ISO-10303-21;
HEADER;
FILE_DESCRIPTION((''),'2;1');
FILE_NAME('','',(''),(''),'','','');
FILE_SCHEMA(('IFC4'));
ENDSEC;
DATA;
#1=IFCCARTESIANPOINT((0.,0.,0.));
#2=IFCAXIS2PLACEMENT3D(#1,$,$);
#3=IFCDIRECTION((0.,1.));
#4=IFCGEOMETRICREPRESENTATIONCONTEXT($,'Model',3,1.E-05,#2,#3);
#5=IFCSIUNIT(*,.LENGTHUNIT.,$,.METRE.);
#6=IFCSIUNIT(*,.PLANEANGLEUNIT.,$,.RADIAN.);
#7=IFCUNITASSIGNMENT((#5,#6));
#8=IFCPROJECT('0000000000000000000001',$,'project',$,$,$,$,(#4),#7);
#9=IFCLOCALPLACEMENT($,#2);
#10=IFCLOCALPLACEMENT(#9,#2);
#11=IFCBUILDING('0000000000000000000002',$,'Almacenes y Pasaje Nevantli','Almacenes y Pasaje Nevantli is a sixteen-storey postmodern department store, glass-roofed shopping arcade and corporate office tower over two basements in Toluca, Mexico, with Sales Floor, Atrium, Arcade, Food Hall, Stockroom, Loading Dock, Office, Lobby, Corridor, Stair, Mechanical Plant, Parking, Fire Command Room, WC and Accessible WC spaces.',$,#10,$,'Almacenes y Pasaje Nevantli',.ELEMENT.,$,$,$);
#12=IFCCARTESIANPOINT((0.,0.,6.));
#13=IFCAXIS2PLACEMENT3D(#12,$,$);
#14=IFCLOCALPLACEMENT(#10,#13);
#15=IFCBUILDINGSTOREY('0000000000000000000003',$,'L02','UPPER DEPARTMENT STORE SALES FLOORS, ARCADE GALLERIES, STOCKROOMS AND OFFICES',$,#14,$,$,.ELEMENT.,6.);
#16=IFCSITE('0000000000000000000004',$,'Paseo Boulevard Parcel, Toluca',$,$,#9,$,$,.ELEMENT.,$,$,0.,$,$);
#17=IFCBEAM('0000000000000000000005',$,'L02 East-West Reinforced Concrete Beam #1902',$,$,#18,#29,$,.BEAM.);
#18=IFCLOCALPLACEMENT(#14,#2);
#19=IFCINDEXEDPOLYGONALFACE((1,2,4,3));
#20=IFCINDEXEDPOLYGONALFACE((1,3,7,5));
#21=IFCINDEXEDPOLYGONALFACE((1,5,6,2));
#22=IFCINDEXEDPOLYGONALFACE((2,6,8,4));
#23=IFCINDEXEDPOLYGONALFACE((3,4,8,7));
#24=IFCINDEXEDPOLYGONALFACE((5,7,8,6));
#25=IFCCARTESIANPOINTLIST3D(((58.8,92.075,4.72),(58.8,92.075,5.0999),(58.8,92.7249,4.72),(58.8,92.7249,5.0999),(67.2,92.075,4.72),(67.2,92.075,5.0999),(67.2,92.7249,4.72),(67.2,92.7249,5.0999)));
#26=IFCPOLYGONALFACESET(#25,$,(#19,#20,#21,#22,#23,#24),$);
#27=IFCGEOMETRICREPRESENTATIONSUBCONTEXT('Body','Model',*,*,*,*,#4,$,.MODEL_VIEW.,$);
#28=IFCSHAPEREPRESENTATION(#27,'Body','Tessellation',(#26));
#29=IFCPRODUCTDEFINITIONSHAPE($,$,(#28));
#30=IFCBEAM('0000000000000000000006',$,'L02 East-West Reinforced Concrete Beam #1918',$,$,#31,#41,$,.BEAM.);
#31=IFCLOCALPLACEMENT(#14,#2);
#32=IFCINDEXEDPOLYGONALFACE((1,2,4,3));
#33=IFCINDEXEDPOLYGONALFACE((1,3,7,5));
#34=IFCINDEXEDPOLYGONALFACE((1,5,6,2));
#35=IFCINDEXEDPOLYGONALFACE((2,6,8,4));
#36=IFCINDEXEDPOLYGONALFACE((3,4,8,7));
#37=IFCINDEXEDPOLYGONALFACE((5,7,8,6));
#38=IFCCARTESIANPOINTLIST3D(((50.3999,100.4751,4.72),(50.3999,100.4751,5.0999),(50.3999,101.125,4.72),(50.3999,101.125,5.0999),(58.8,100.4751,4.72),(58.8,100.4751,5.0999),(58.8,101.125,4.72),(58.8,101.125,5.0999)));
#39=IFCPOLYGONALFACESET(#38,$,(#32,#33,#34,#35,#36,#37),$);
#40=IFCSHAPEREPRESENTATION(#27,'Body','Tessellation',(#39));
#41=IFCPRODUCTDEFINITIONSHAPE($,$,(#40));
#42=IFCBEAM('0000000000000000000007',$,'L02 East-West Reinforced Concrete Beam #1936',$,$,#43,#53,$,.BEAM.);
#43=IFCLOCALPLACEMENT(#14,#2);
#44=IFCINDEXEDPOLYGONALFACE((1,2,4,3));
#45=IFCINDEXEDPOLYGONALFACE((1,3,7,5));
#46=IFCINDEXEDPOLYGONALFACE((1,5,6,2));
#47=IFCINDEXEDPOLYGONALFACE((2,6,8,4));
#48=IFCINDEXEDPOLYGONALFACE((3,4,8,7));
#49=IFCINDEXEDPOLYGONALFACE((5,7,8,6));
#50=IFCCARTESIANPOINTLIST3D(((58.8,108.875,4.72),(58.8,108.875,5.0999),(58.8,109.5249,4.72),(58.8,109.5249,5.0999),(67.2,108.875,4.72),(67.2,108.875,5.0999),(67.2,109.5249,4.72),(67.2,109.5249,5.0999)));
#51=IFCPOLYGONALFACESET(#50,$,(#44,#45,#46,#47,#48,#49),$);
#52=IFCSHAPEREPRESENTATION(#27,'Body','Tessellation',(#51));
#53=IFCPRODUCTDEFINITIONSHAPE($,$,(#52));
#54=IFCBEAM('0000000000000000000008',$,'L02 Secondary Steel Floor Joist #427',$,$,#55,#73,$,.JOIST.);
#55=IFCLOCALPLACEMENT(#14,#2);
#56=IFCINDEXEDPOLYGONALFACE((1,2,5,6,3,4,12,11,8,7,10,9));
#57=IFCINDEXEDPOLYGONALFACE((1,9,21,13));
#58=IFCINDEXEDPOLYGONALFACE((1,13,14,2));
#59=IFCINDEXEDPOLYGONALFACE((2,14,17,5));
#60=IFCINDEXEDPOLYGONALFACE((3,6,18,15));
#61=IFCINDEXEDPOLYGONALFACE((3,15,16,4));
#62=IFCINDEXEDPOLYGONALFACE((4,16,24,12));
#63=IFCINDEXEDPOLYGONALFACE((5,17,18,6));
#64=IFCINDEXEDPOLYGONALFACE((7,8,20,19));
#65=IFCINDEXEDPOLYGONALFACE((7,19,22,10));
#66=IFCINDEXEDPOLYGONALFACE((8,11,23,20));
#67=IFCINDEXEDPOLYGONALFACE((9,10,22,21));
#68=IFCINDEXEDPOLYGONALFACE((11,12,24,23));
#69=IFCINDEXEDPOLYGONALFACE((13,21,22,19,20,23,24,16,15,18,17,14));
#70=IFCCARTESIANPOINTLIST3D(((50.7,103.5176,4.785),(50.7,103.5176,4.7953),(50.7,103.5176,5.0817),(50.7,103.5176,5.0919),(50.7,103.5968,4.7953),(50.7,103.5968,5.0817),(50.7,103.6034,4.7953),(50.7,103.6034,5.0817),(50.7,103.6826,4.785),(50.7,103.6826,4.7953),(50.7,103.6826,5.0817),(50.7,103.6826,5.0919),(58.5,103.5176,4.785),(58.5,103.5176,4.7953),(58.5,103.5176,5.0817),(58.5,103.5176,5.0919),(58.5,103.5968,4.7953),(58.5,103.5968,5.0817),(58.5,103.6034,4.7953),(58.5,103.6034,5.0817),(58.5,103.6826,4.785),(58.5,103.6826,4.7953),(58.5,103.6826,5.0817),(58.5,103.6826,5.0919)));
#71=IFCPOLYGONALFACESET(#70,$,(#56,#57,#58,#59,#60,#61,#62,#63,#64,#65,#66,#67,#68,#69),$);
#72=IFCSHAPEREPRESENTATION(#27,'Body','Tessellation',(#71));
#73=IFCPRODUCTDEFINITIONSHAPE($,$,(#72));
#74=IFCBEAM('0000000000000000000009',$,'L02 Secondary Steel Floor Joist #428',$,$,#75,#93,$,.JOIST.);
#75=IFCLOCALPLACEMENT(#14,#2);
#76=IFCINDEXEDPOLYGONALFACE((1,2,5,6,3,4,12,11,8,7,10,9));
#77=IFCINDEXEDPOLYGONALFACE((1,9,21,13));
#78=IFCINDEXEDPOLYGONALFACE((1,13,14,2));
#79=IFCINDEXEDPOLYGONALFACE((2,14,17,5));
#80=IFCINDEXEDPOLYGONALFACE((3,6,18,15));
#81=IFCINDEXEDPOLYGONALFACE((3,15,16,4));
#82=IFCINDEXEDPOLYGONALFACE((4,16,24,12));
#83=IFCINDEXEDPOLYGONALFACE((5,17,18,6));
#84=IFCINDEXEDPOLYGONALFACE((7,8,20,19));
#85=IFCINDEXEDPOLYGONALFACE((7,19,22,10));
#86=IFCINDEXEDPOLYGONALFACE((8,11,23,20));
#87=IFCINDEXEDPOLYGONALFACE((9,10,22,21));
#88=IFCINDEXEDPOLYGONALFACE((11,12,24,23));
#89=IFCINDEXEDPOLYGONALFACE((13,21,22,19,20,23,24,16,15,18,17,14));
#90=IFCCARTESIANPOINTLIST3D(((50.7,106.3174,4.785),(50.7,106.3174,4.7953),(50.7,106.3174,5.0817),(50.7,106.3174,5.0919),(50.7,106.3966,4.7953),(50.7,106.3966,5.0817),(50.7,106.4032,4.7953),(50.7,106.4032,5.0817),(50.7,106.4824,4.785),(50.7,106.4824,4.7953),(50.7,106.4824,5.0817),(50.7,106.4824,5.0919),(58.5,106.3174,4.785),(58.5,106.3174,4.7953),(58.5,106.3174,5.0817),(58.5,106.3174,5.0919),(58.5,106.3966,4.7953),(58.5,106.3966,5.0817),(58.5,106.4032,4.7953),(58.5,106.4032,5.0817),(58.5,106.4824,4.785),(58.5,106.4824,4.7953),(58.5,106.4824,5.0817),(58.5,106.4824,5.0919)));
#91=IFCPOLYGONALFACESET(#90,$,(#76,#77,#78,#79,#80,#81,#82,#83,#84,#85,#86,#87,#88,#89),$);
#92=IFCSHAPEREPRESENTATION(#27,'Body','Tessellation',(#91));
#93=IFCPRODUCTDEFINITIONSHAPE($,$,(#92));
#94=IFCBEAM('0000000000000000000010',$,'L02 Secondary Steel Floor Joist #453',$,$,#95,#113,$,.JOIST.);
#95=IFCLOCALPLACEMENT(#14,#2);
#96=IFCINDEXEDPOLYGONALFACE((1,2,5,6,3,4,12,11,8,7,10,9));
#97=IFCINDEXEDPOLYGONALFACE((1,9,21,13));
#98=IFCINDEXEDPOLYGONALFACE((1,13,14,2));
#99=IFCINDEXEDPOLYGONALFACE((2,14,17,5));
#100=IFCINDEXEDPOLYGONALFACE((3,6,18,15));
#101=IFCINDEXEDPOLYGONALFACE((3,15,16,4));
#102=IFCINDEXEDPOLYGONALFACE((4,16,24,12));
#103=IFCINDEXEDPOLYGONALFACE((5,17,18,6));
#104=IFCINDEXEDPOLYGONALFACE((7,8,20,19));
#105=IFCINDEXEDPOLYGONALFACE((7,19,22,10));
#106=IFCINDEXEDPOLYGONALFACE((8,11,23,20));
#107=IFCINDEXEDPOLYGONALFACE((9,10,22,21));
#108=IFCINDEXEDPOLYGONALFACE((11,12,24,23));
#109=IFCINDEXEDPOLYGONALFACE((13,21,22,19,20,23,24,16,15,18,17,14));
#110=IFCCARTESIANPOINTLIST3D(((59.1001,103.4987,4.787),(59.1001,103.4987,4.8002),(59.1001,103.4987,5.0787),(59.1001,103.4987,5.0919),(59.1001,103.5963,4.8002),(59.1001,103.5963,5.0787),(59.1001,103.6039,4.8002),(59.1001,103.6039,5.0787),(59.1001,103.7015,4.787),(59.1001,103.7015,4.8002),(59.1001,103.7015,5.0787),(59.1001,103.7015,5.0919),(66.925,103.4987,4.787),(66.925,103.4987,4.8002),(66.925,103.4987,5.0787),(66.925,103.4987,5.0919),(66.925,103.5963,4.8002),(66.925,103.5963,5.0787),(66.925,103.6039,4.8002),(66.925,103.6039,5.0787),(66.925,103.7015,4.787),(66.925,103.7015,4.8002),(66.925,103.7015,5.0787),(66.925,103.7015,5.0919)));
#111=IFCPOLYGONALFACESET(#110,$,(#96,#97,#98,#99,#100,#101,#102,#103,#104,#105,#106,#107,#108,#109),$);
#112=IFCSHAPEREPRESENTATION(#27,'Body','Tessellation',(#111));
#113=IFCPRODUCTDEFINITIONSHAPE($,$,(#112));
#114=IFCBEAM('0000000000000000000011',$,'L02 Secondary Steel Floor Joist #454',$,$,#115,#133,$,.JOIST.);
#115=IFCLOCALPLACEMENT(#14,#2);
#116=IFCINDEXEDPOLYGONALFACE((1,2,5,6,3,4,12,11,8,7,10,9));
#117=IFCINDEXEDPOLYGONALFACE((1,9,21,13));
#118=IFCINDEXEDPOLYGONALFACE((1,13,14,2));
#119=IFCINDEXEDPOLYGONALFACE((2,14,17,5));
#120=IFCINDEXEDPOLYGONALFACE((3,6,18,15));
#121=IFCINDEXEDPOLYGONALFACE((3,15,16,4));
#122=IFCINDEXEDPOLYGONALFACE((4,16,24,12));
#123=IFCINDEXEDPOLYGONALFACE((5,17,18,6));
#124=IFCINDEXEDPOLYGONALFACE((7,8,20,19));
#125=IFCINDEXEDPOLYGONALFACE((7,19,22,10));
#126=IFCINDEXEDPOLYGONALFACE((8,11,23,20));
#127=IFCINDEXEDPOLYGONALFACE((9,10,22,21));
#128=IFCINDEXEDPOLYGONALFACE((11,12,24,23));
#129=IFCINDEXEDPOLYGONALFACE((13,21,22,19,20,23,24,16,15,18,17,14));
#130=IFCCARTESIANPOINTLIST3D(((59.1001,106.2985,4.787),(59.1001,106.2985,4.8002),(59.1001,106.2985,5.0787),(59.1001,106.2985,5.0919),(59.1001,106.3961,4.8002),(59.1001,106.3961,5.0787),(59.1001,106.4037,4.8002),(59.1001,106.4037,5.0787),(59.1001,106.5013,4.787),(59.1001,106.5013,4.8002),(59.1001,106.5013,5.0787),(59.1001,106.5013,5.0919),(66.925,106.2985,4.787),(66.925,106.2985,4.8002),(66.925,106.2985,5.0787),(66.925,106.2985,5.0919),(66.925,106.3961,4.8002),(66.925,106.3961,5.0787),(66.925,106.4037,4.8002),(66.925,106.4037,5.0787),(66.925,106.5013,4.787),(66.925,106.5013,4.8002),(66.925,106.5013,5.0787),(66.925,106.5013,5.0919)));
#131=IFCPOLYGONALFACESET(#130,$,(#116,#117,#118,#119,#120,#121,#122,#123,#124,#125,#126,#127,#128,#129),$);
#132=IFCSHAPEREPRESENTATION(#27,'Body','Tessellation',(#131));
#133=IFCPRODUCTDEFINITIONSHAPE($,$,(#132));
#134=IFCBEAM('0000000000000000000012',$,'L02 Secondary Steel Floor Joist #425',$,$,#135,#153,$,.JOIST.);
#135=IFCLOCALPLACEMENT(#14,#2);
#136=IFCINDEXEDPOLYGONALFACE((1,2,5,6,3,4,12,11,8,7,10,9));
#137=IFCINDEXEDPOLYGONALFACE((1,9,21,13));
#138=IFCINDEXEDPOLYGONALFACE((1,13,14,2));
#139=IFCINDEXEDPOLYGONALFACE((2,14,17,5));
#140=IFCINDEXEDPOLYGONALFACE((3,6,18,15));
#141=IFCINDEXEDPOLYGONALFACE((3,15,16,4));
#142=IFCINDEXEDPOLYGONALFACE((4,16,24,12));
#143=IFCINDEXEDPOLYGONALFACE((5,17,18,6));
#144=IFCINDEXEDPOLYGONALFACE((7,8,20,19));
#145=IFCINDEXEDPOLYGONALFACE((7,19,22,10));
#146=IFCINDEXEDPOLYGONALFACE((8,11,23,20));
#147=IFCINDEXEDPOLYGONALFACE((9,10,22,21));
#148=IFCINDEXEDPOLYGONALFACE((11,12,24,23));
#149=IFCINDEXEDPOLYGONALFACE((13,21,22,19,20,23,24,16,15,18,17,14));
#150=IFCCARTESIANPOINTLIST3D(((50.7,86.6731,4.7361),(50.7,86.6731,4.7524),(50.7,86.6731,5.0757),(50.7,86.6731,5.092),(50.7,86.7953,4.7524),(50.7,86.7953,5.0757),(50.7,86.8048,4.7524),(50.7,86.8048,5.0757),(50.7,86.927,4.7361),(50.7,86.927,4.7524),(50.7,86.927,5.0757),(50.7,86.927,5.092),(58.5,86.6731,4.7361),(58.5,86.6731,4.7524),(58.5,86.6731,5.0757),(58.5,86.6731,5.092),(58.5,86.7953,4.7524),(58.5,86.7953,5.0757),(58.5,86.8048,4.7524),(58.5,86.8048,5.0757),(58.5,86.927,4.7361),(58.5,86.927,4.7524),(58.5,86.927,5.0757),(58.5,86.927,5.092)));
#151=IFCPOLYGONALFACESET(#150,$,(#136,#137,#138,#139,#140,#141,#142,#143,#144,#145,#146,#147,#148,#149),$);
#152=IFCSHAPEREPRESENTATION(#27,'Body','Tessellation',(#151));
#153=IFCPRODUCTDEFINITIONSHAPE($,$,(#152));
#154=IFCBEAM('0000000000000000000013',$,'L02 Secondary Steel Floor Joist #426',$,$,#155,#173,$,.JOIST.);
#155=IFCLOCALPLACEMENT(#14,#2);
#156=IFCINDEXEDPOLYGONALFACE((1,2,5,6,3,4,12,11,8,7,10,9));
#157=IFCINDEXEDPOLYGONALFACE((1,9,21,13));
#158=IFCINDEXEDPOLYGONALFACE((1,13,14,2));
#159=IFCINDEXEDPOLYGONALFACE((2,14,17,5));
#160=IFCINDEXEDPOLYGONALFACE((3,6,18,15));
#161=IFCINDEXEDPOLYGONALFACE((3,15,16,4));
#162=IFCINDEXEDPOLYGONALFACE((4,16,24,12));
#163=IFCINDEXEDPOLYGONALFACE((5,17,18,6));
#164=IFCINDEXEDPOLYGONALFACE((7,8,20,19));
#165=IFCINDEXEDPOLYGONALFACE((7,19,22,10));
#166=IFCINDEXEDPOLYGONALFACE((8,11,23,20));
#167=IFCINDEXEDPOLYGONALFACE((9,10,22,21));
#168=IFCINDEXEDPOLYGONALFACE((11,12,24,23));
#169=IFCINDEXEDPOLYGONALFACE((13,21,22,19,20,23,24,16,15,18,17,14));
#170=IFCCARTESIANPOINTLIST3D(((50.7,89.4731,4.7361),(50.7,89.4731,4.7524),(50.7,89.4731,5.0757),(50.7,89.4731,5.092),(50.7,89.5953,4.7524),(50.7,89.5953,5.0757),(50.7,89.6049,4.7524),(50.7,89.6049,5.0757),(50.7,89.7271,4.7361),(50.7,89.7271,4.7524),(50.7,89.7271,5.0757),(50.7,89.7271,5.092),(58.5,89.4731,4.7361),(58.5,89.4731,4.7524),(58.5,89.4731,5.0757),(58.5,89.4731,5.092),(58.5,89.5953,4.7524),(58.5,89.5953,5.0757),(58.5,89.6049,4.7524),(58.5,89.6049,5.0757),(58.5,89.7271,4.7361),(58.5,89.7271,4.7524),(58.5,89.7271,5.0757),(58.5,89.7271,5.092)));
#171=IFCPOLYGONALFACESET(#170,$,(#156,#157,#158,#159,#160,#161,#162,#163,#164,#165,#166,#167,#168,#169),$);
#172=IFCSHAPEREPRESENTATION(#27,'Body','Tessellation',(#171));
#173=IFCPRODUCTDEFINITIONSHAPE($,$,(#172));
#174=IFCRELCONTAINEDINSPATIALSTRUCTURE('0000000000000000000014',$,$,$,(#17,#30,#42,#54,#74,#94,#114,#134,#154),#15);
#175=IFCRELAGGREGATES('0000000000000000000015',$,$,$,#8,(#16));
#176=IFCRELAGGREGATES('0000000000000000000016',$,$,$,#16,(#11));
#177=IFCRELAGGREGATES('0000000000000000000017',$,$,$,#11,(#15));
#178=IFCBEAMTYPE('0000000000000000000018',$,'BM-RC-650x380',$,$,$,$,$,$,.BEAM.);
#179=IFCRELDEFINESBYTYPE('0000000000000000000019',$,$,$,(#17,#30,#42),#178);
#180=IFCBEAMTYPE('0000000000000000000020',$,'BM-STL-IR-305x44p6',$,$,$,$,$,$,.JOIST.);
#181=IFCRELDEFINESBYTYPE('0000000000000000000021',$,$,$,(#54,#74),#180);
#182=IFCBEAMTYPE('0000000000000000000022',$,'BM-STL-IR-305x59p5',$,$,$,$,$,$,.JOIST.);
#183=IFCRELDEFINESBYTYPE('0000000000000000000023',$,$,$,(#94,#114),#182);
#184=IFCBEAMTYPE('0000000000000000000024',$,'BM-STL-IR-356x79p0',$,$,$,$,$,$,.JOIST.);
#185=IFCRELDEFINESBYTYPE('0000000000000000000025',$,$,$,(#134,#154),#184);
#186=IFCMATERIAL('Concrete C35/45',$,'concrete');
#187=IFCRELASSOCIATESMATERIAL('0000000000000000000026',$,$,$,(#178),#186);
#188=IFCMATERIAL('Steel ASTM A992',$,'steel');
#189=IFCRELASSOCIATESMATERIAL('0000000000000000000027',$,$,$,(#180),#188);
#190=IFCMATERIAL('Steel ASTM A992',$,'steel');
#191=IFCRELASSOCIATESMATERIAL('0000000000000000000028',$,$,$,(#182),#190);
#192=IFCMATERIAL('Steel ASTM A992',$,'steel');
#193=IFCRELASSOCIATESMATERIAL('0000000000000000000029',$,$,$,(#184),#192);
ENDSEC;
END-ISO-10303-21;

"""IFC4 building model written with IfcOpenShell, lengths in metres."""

from ifc_helpers import new_model, si_unit, direction, frame, origin, origin_2d, place, context, subcontext, project, spatial, rectangle, i_section, extrude, material, material_profile, profile_set, type_object, element, save


model = new_model("IFC4")

# Units and contexts
model_context = context("Model", 3, precision=1e-05, world=origin(), true_north=direction((0.0, 1.0)))
body_context = subcontext(model_context, "Body", "Model", "MODEL_VIEW")
ifc_project = project(units=[si_unit("LENGTHUNIT", "METRE"), si_unit("PLANEANGLEUNIT", "RADIAN")], contexts=[model_context])

# Site, building, storey
site_placement = place(None, origin())
site = spatial("IfcSite", under=ifc_project, at=site_placement, Name="Paseo Boulevard Parcel, Toluca", CompositionType="ELEMENT", RefElevation=0.0)
building_placement = place(site_placement, origin())
building = spatial("IfcBuilding", under=site, at=building_placement, Name="Almacenes y Pasaje Nevantli", Description="Almacenes y Pasaje Nevantli is a sixteen-storey postmodern department store, glass-roofed shopping arcade and corporate office tower over two basements in Toluca, Mexico, with Sales Floor, Atrium, Arcade, Food Hall, Stockroom, Loading Dock, Office, Lobby, Corridor, Stair, Mechanical Plant, Parking, Fire Command Room, WC and Accessible WC spaces.", LongName="Almacenes y Pasaje Nevantli", CompositionType="ELEMENT")
storey_placement = place(building_placement, frame((0.0, 0.0, 6.0)))
storey = spatial("IfcBuildingStorey", under=building, at=storey_placement, Name="L02", Description="UPPER DEPARTMENT STORE SALES FLOORS, ARCADE GALLERIES, STOCKROOMS AND OFFICES", CompositionType="ELEMENT", Elevation=6.0)

# Beams
ifc_material_1 = material(Name="Concrete C35/45", Category="concrete")
ifc_material_profile_1 = material_profile(ifc_material_1, rectangle(XDim=0.6499, YDim=0.3799, at=origin_2d()), Name="RC-BM-650x380")
ifc_profile_set_1 = profile_set([ifc_material_profile_1], Name="Concrete C35/45")
beam_type_1 = type_object("IfcBeamType", Name="BM-RC-650x380", PredefinedType="BEAM", material=ifc_profile_set_1)
beam_1_placement = place(storey_placement, frame((58.8, 92.3999, 4.9099), z_axis=(1.0, 0.0, 0.0), x_axis=(0.0, 1.0, 0.0)))
element("IfcBeam", 1, at=beam_1_placement, inside=storey, type_object=beam_type_1, Name="L02 East-West Reinforced Concrete Beam #1902", PredefinedType="BEAM", context=body_context, shape_type="SweptSolid", body=[
    extrude(rectangle(XDim=0.6499, YDim=0.3799, at=origin_2d()), origin(), (0.0, 0.0, 1.0), 8.3999),
])
beam_2_placement = place(storey_placement, frame((50.3999, 100.8, 4.9099), z_axis=(1.0, 0.0, 0.0), x_axis=(0.0, 1.0, 0.0)))
element("IfcBeam", 2, at=beam_2_placement, inside=storey, type_object=beam_type_1, Name="L02 East-West Reinforced Concrete Beam #1918", PredefinedType="BEAM", context=body_context, shape_type="SweptSolid", body=[
    extrude(rectangle(XDim=0.6499, YDim=0.3799, at=origin_2d()), origin(), (0.0, 0.0, 1.0), 8.4001),
])
beam_3_placement = place(storey_placement, frame((58.8, 109.2, 4.9099), z_axis=(1.0, 0.0, 0.0), x_axis=(0.0, 1.0, 0.0)))
element("IfcBeam", 3, at=beam_3_placement, inside=storey, type_object=beam_type_1, Name="L02 East-West Reinforced Concrete Beam #1936", PredefinedType="BEAM", context=body_context, shape_type="SweptSolid", body=[
    extrude(rectangle(XDim=0.6499, YDim=0.3799, at=origin_2d()), origin(), (0.0, 0.0, 1.0), 8.3999),
])
ifc_material_2 = material(Name="Steel ASTM A992", Category="steel")
ifc_material_profile_2 = material_profile(ifc_material_2, i_section(OverallWidth=0.165, OverallDepth=0.3069, WebThickness=0.0066, FlangeThickness=0.0103, at=origin_2d()), Name="IR 305x44.6")
ifc_profile_set_2 = profile_set([ifc_material_profile_2], Name="Steel ASTM A992")
beam_type_2 = type_object("IfcBeamType", Name="BM-STL-IR-305x44p6", PredefinedType="JOIST", material=ifc_profile_set_2)
for number, where, z_axis, x_axis, name in (
    (4, (50.7, 103.6001, 4.9385), (1.0, 0.0, 0.0), (0.0, 1.0, 0.0), "L02 Secondary Steel Floor Joist #427"),
    (5, (50.7, 106.3999, 4.9385), (1.0, 0.0, 0.0), (0.0, 1.0, 0.0), "L02 Secondary Steel Floor Joist #428"),
):
    element("IfcBeam", number, at=place(storey_placement, frame(where, z_axis=z_axis, x_axis=x_axis)), inside=storey, type_object=beam_type_2, Name=name, PredefinedType="JOIST", context=body_context, shape_type="SweptSolid", body=[
        extrude(i_section(OverallWidth=0.165, OverallDepth=0.3069, WebThickness=0.0066, FlangeThickness=0.0103, at=origin_2d()), origin(), (0.0, 0.0, 1.0), 7.8),
    ])
ifc_material_3 = material(Name="Steel ASTM A992", Category="steel")
ifc_material_profile_3 = material_profile(ifc_material_3, i_section(OverallWidth=0.2029, OverallDepth=0.3049, WebThickness=0.0076, FlangeThickness=0.0132, at=origin_2d()), Name="IR 305x59.5")
ifc_profile_set_3 = profile_set([ifc_material_profile_3], Name="Steel ASTM A992")
beam_type_3 = type_object("IfcBeamType", Name="BM-STL-IR-305x59p5", PredefinedType="JOIST", material=ifc_profile_set_3)
for number, where, z_axis, x_axis, name in (
    (6, (59.1001, 103.6001, 4.9395), (1.0, 0.0, 0.0), (0.0, 1.0, 0.0), "L02 Secondary Steel Floor Joist #453"),
    (7, (59.1001, 106.3999, 4.9395), (1.0, 0.0, 0.0), (0.0, 1.0, 0.0), "L02 Secondary Steel Floor Joist #454"),
):
    element("IfcBeam", number, at=place(storey_placement, frame(where, z_axis=z_axis, x_axis=x_axis)), inside=storey, type_object=beam_type_3, Name=name, PredefinedType="JOIST", context=body_context, shape_type="SweptSolid", body=[
        extrude(i_section(OverallWidth=0.2029, OverallDepth=0.3049, WebThickness=0.0076, FlangeThickness=0.0132, at=origin_2d()), origin(), (0.0, 0.0, 1.0), 7.825),
    ])
ifc_material_4 = material(Name="Steel ASTM A992", Category="steel")
ifc_material_profile_4 = material_profile(ifc_material_4, i_section(OverallWidth=0.2539, OverallDepth=0.356, WebThickness=0.0095, FlangeThickness=0.0164, at=origin_2d()), Name="IR 356x79.0")
ifc_profile_set_4 = profile_set([ifc_material_profile_4], Name="Steel ASTM A992")
beam_type_4 = type_object("IfcBeamType", Name="BM-STL-IR-356x79p0", PredefinedType="JOIST", material=ifc_profile_set_4)
for number, where, z_axis, x_axis, name in (
    (8, (50.7, 86.8, 4.9141), (1.0, 0.0, 0.0), (0.0, 1.0, 0.0), "L02 Secondary Steel Floor Joist #425"),
    (9, (50.7, 89.6001, 4.9141), (1.0, 0.0, 0.0), (0.0, 1.0, 0.0), "L02 Secondary Steel Floor Joist #426"),
):
    element("IfcBeam", number, at=place(storey_placement, frame(where, z_axis=z_axis, x_axis=x_axis)), inside=storey, type_object=beam_type_4, Name=name, PredefinedType="JOIST", context=body_context, shape_type="SweptSolid", body=[
        extrude(i_section(OverallWidth=0.2539, OverallDepth=0.356, WebThickness=0.0095, FlangeThickness=0.0164, at=origin_2d()), origin(), (0.0, 0.0, 1.0), 7.8),
    ])

save(model, "model.ifc")
